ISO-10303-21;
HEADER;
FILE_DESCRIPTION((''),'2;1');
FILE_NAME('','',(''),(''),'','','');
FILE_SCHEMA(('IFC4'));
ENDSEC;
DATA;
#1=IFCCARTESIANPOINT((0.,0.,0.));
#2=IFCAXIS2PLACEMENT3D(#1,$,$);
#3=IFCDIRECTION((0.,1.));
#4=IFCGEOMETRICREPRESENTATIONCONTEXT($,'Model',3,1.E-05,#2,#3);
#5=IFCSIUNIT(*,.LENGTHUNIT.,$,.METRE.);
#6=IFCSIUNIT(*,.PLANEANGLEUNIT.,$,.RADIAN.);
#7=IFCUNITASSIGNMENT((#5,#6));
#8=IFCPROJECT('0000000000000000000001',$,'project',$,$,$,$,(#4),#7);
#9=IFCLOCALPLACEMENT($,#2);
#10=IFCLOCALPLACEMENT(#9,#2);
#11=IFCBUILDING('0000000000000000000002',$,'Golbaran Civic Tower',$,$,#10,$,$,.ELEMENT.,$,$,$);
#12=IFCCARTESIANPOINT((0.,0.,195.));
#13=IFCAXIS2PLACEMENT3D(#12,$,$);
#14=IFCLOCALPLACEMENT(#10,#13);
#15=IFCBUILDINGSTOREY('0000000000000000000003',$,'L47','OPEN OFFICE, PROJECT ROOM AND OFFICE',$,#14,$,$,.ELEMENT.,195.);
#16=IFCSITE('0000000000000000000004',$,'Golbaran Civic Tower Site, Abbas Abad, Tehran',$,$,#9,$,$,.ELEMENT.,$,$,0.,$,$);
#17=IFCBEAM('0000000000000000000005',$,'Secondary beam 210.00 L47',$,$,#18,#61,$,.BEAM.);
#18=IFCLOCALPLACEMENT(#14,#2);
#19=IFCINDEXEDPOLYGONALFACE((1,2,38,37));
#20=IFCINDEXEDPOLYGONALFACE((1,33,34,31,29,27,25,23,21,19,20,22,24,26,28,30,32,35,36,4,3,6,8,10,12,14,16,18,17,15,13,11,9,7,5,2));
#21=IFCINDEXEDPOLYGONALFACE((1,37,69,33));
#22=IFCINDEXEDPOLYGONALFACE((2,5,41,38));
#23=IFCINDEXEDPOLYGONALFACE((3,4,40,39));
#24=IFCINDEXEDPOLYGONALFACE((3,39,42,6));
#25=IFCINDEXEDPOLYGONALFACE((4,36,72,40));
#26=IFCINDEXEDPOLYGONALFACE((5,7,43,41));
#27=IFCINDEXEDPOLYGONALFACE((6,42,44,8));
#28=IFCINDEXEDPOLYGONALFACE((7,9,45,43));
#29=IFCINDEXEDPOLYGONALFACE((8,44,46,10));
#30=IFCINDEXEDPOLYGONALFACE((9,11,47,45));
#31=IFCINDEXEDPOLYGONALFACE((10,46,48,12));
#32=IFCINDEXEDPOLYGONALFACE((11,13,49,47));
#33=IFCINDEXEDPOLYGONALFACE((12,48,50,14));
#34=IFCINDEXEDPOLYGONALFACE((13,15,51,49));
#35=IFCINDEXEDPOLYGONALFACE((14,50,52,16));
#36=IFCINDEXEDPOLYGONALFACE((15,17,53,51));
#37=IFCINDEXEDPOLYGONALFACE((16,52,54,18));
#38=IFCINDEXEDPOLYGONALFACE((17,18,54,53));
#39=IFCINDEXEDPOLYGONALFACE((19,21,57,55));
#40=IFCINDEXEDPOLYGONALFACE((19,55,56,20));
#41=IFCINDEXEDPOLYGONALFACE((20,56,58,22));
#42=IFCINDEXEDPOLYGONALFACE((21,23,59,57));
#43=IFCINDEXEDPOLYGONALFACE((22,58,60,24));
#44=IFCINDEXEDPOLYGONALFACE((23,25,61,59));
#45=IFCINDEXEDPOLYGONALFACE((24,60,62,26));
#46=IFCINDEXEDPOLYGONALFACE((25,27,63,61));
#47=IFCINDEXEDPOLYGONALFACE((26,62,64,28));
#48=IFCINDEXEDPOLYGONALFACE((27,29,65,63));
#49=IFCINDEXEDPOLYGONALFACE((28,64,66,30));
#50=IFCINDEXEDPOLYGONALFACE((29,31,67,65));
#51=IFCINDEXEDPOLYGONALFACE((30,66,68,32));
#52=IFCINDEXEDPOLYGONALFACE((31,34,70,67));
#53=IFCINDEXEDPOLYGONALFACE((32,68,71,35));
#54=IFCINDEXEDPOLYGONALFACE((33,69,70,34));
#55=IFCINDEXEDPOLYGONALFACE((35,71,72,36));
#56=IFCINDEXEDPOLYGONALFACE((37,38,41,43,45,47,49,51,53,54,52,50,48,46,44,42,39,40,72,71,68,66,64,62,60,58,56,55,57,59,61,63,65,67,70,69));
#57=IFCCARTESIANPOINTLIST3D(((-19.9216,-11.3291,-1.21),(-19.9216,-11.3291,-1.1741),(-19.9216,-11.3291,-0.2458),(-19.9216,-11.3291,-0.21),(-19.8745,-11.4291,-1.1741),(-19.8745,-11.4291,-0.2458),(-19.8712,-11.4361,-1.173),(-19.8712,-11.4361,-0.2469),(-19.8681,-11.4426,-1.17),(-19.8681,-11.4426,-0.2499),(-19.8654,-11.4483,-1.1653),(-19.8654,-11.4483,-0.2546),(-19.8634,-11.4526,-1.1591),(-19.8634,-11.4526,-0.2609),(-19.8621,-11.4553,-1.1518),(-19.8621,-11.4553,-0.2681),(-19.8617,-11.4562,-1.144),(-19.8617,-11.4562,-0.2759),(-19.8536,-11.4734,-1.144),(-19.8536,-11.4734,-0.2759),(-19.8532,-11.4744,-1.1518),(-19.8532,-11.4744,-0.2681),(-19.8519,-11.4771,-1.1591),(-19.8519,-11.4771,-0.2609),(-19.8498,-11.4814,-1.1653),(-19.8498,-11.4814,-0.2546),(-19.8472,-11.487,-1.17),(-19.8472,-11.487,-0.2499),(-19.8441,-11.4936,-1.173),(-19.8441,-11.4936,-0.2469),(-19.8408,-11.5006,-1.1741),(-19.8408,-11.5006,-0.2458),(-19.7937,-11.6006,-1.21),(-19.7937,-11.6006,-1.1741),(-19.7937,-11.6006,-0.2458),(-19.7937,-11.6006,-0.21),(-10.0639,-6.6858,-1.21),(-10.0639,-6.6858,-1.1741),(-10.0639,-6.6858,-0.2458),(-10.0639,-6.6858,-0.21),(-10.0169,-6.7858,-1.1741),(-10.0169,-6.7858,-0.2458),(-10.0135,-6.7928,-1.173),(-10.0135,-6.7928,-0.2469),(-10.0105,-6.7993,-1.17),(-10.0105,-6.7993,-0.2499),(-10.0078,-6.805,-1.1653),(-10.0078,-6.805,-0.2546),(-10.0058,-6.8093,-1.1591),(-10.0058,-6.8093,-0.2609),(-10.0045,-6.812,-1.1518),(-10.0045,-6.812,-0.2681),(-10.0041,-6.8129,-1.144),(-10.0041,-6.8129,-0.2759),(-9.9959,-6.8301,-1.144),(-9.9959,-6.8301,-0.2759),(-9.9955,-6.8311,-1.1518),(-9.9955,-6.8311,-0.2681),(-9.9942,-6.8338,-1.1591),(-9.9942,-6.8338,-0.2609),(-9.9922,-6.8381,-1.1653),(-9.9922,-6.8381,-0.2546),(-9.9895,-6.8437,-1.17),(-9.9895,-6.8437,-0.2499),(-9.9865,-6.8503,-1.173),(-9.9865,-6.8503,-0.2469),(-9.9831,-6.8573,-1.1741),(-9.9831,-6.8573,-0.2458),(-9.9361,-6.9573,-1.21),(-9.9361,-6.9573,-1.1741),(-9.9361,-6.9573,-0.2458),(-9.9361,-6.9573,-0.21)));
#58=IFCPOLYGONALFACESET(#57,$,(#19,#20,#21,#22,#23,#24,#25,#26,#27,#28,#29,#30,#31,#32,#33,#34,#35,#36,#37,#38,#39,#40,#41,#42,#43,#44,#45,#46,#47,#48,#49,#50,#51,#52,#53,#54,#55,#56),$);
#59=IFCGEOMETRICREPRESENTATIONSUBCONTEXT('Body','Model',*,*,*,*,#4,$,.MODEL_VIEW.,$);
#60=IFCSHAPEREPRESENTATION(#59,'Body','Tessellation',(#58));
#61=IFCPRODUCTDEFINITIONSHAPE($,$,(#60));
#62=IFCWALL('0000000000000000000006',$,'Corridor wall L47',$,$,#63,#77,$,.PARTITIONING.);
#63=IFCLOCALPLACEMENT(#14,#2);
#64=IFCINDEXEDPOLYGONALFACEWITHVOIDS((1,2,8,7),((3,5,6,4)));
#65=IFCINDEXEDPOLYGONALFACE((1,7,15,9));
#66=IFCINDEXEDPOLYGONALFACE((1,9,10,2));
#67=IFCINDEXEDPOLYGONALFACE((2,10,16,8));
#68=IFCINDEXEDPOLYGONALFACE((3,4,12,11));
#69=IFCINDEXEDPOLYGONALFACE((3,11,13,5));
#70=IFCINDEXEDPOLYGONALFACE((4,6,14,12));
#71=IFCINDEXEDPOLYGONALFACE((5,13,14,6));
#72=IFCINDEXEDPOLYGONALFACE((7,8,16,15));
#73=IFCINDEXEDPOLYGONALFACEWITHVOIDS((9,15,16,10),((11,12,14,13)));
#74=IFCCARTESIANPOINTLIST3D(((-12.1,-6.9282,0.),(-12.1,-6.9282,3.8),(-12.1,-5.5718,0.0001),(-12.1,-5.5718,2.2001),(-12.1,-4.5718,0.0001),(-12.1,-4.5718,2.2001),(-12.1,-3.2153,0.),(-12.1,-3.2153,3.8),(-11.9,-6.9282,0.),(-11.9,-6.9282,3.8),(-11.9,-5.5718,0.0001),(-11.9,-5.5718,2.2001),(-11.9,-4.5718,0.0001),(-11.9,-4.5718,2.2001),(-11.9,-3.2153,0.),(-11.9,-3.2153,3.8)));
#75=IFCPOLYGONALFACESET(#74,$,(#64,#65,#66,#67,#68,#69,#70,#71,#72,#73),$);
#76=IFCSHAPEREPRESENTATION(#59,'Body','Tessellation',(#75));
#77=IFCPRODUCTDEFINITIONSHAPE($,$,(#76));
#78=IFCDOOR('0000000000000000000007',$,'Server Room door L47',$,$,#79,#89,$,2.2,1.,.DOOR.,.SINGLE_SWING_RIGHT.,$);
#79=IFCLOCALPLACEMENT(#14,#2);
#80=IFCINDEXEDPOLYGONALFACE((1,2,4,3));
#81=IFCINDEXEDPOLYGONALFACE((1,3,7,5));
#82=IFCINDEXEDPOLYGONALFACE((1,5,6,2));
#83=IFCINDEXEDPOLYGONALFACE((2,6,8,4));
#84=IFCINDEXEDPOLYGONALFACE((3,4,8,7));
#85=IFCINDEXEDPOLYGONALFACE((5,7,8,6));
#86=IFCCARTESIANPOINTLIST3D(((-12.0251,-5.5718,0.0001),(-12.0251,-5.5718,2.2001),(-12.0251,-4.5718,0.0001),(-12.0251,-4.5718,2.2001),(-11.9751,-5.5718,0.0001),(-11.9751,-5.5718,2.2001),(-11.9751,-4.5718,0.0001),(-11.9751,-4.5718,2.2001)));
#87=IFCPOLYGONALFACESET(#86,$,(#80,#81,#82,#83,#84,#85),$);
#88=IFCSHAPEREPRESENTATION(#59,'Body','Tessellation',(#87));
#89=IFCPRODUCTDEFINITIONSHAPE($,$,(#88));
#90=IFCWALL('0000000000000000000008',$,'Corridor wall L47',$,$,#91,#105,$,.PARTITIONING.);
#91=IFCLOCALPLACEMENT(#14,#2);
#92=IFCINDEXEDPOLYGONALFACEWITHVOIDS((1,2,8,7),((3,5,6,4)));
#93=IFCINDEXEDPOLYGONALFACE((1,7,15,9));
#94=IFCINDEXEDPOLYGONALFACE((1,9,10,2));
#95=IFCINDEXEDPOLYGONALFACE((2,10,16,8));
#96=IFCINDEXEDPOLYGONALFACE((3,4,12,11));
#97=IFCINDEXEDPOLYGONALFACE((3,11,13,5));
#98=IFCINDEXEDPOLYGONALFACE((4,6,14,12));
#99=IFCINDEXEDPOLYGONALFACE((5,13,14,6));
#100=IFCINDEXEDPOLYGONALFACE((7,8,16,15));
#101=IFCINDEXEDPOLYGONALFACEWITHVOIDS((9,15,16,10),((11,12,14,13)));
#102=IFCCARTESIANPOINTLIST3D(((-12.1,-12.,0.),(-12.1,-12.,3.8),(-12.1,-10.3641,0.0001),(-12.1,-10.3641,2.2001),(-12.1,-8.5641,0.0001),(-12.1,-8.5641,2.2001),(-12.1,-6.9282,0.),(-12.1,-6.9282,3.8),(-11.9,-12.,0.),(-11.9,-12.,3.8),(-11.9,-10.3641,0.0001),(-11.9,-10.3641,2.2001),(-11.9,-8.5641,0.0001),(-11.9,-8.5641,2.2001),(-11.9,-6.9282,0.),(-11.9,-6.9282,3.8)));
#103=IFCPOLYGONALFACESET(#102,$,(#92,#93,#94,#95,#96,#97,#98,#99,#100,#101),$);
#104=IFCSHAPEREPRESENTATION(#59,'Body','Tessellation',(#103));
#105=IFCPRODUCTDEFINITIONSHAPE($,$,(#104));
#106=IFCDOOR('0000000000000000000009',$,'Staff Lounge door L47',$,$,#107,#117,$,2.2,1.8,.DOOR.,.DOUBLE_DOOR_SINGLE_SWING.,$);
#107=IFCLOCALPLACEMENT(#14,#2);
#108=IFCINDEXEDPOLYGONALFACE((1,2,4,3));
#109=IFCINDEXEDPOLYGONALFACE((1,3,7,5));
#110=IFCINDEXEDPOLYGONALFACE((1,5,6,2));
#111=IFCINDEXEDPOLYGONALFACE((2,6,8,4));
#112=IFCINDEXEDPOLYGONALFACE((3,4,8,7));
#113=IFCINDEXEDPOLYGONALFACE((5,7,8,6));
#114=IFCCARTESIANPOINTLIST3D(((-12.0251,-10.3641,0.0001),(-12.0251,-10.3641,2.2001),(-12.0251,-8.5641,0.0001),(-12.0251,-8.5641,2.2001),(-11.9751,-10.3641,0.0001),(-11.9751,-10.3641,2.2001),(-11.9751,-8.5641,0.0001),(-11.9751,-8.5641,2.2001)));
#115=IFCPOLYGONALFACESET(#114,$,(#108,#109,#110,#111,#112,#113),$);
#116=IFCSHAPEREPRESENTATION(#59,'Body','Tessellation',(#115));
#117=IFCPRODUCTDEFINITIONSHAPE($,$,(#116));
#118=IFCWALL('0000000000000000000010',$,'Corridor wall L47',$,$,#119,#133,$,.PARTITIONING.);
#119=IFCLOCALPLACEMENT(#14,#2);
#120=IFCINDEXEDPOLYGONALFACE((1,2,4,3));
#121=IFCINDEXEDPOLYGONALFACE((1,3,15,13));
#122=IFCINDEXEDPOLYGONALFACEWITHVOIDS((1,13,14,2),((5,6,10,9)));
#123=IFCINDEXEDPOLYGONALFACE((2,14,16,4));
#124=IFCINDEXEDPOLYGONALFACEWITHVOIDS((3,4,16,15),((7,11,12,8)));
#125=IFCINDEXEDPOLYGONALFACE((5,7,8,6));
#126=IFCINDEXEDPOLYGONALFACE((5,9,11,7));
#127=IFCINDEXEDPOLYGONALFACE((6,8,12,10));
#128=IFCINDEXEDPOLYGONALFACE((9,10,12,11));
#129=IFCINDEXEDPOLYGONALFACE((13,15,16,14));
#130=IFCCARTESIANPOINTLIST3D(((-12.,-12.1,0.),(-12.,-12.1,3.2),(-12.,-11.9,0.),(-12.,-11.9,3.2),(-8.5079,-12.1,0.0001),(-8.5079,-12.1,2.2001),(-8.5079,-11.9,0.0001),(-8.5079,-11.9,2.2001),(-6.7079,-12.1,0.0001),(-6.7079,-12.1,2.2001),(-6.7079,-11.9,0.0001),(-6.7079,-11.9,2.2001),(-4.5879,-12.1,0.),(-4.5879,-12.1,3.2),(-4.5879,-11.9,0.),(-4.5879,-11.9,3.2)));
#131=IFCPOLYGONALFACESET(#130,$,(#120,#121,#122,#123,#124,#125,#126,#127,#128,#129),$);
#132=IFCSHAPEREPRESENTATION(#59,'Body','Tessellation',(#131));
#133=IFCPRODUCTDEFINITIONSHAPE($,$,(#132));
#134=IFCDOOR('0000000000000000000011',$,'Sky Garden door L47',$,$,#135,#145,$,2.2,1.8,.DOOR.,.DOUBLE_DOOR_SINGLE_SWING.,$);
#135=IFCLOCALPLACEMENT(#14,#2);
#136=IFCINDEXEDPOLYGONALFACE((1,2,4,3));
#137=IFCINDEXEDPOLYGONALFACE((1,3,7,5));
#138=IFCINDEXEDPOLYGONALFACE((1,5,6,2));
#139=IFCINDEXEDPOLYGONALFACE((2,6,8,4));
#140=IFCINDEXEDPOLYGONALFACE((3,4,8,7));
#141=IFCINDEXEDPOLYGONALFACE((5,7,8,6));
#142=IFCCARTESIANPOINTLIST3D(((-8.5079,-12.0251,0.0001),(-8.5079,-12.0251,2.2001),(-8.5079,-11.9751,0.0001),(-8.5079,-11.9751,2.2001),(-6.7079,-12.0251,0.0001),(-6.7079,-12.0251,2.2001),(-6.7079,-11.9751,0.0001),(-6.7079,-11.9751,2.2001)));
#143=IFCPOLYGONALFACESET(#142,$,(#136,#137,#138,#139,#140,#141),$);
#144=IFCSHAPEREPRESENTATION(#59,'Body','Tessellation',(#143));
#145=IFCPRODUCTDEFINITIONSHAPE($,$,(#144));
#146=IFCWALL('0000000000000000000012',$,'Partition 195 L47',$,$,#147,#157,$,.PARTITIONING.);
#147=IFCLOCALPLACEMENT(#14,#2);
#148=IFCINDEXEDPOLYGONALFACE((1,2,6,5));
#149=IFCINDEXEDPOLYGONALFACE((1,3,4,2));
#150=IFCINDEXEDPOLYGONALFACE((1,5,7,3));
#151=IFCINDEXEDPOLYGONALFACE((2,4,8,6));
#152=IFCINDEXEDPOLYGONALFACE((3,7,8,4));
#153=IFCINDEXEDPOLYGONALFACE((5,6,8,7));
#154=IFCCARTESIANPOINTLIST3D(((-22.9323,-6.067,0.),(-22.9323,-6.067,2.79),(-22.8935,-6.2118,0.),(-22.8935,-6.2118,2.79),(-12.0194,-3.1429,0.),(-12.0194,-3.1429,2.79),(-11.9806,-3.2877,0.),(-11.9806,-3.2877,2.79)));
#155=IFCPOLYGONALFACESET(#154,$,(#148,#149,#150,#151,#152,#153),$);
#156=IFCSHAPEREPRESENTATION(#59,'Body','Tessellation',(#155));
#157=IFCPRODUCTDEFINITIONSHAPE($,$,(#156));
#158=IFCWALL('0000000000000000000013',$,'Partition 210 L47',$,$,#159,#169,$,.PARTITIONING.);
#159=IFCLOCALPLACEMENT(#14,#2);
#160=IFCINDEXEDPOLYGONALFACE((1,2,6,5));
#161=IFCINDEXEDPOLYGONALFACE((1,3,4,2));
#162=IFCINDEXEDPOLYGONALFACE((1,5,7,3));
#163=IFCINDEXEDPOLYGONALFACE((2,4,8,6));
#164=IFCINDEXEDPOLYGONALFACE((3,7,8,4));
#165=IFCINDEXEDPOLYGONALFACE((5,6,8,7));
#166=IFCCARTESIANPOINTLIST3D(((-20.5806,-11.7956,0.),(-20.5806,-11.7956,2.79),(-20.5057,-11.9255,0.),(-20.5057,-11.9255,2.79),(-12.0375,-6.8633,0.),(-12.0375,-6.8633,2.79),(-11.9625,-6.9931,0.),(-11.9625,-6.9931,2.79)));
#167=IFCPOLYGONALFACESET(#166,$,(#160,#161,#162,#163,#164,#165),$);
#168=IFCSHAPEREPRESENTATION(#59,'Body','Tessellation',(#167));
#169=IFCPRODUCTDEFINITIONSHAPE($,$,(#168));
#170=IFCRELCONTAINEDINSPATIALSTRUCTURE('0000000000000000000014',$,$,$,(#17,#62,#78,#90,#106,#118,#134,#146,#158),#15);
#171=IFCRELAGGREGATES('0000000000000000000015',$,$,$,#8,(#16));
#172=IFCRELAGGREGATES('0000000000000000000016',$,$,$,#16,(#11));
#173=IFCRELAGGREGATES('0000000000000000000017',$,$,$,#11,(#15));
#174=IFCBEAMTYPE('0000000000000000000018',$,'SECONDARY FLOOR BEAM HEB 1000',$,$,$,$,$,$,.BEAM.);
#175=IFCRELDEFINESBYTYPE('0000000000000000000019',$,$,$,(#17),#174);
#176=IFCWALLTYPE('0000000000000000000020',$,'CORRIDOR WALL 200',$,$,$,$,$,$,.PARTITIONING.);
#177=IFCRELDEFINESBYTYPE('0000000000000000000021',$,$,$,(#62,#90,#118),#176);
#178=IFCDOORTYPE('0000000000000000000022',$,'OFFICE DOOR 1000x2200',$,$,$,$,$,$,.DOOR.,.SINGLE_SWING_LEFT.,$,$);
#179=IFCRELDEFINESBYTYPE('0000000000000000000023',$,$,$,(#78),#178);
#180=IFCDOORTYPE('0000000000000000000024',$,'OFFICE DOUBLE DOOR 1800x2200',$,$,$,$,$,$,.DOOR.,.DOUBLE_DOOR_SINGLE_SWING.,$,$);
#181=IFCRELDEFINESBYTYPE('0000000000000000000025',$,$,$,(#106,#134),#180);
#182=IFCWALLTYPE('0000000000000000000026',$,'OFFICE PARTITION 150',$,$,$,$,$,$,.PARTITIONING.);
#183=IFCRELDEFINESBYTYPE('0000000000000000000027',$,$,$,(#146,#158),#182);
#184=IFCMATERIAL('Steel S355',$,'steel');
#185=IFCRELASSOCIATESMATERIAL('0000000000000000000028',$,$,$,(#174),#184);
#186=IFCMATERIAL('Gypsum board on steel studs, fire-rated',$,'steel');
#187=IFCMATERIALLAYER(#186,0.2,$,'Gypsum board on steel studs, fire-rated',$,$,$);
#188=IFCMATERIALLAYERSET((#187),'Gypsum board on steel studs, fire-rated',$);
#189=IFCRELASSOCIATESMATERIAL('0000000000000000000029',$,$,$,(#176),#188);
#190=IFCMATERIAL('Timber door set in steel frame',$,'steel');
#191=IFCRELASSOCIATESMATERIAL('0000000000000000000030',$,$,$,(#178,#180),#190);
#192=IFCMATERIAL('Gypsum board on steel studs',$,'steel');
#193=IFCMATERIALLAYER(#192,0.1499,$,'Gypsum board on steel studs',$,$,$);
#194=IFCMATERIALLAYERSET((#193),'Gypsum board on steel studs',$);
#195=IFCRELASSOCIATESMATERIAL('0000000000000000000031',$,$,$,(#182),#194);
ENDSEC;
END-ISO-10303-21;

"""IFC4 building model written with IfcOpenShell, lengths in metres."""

from ifc_helpers import new_model, si_unit, direction, frame, frame_2d, origin, origin_2d, place, context, subcontext, project, spatial, rectangle, i_section, extrude, material, layer, layer_set, material_profile, profile_set, type_object, element, fill, save


model = new_model("IFC4")

# Units and contexts
model_context = context("Model", 3, precision=1e-05, world=origin(), true_north=direction((0.0, 1.0)))
body_context = subcontext(model_context, "Body", "Model", "MODEL_VIEW")
ifc_project = project(units=[si_unit("LENGTHUNIT", "METRE"), si_unit("PLANEANGLEUNIT", "RADIAN")], contexts=[model_context])

# Site, building, storey
site_placement = place(None, origin())
site = spatial("IfcSite", under=ifc_project, at=site_placement, Name="Golbaran Civic Tower Site, Abbas Abad, Tehran", CompositionType="ELEMENT", RefElevation=0.0)
building_placement = place(site_placement, origin())
building = spatial("IfcBuilding", under=site, at=building_placement, Name="Golbaran Civic Tower", CompositionType="ELEMENT")
storey_placement = place(building_placement, frame((0.0, 0.0, 195.0)))
storey = spatial("IfcBuildingStorey", under=building, at=storey_placement, Name="L47", Description="OPEN OFFICE, PROJECT ROOM AND OFFICE", CompositionType="ELEMENT", Elevation=195.0)

# Beam
ifc_material_1 = material(Name="Steel S355", Category="steel")
ifc_material_profile_1 = material_profile(ifc_material_1, i_section(OverallWidth=0.3, OverallDepth=1.0, WebThickness=0.019, FlangeThickness=0.0359, FilletRadius=0.03, at=origin_2d()), Name="HEB 1000")
ifc_profile_set_1 = profile_set([ifc_material_profile_1], Name="Steel S355")
beam_type_1 = type_object("IfcBeamType", Name="SECONDARY FLOOR BEAM HEB 1000", PredefinedType="BEAM", material=ifc_profile_set_1)
beam_1_placement = place(storey_placement, frame((-10.0, -6.8215, -0.71), z_axis=(-0.904663, -0.426128, 0.0), x_axis=(0.426128, -0.904663, 0.0)))
element("IfcBeam", 1, at=beam_1_placement, inside=storey, type_object=beam_type_1, Name="Secondary beam 210.00 L47", PredefinedType="BEAM", context=body_context, shape_type="SweptSolid", body=[
    extrude(i_section(OverallWidth=0.3, OverallDepth=1.0, WebThickness=0.019, FlangeThickness=0.0359, FilletRadius=0.03, at=origin_2d()), origin(), (0.0, 0.0, 1.0), 10.8965),
])

# Walls, openings, doors
ifc_material_2 = material(Name="Gypsum board on steel studs, fire-rated", Category="steel")
ifc_layer_1 = layer(ifc_material_2, 0.2, Name="Gypsum board on steel studs, fire-rated")
ifc_layer_set_1 = layer_set([ifc_layer_1], Name="Gypsum board on steel studs, fire-rated")
wall_type_1 = type_object("IfcWallType", Name="CORRIDOR WALL 200", PredefinedType="PARTITIONING", material=ifc_layer_set_1)
wall_1_placement = place(storey_placement, frame((-12.0, -3.2153, 0.0), z_axis=(0.0, 0.0, 1.0), x_axis=(0.0, -1.0, 0.0)))
wall_1 = element("IfcWall", 2, at=wall_1_placement, inside=storey, type_object=wall_type_1, Name="Corridor wall L47", PredefinedType="PARTITIONING", context=body_context, shape_type="SweptSolid", body=[
    extrude(rectangle(XDim=3.7129, YDim=0.2, at=frame_2d((1.8564, 0.0))), origin(), (0.0, 0.0, 1.0), 3.8),
])
opening_1_placement = place(wall_1_placement, frame((1.3564, 0.0, 0.0)))
opening_1 = element("IfcOpeningElement", 3, at=opening_1_placement, cuts=wall_1, PredefinedType="OPENING", context=body_context, shape_type="SweptSolid", body=[
    extrude(rectangle(XDim=1.0, YDim=2.2, at=frame_2d((0.5, 1.1001))), frame((0.0, 0.1099, 0.0), z_axis=(0.0, -1.0, 0.0), x_axis=(1.0, 0.0, 0.0)), (0.0, 0.0, 1.0), 0.22),
])
ifc_material_3 = material(Name="Timber door set in steel frame", Category="steel")
door_type_1 = type_object("IfcDoorType", Name="OFFICE DOOR 1000x2200", OperationType="SINGLE_SWING_LEFT", PredefinedType="DOOR", material=ifc_material_3)
door_1_placement = place(opening_1_placement, origin())
door_1 = element("IfcDoor", 4, at=door_1_placement, inside=storey, type_object=door_type_1, Name="Server Room door L47", OperationType="SINGLE_SWING_RIGHT", OverallHeight=2.2, OverallWidth=1.0, PredefinedType="DOOR", context=body_context, shape_type="SweptSolid", body=[
    extrude(rectangle(XDim=1.0, YDim=2.2, at=frame_2d((0.5, 1.1001))), frame((0.0, 0.0249, 0.0), z_axis=(0.0, -1.0, 0.0), x_axis=(1.0, 0.0, 0.0)), (0.0, 0.0, 1.0), 0.05),
])
fill(opening_1, door_1)
wall_2_placement = place(storey_placement, frame((-12.0, -6.9282, 0.0), z_axis=(0.0, 0.0, 1.0), x_axis=(0.0, -1.0, 0.0)))
wall_2 = element("IfcWall", 5, at=wall_2_placement, inside=storey, type_object=wall_type_1, Name="Corridor wall L47", PredefinedType="PARTITIONING", context=body_context, shape_type="SweptSolid", body=[
    extrude(rectangle(XDim=5.0718, YDim=0.2, at=frame_2d((2.5359, 0.0))), origin(), (0.0, 0.0, 1.0), 3.8),
])
opening_2_placement = place(wall_2_placement, frame((1.636, 0.0, 0.0)))
opening_2 = element("IfcOpeningElement", 6, at=opening_2_placement, cuts=wall_2, PredefinedType="OPENING", context=body_context, shape_type="SweptSolid", body=[
    extrude(rectangle(XDim=1.8, YDim=2.2, at=frame_2d((0.8999, 1.1001))), frame((0.0, 0.1099, 0.0), z_axis=(0.0, -1.0, 0.0), x_axis=(1.0, 0.0, 0.0)), (0.0, 0.0, 1.0), 0.22),
])
door_type_2 = type_object("IfcDoorType", Name="OFFICE DOUBLE DOOR 1800x2200", OperationType="DOUBLE_DOOR_SINGLE_SWING", PredefinedType="DOOR", material=ifc_material_3)
door_2_placement = place(opening_2_placement, origin())
door_2 = element("IfcDoor", 7, at=door_2_placement, inside=storey, type_object=door_type_2, Name="Staff Lounge door L47", OperationType="DOUBLE_DOOR_SINGLE_SWING", OverallHeight=2.2, OverallWidth=1.8, PredefinedType="DOOR", context=body_context, shape_type="SweptSolid", body=[
    extrude(rectangle(XDim=1.8, YDim=2.2, at=frame_2d((0.8999, 1.1001))), frame((0.0, 0.0249, 0.0), z_axis=(0.0, -1.0, 0.0), x_axis=(1.0, 0.0, 0.0)), (0.0, 0.0, 1.0), 0.05),
])
fill(opening_2, door_2)
wall_3_placement = place(storey_placement, frame((-12.0, -12.0, 0.0), z_axis=(0.0, 0.0, 1.0), x_axis=(1.0, 0.0, 0.0)))
wall_3 = element("IfcWall", 8, at=wall_3_placement, inside=storey, type_object=wall_type_1, Name="Corridor wall L47", PredefinedType="PARTITIONING", context=body_context, shape_type="SweptSolid", body=[
    extrude(rectangle(XDim=7.4121, YDim=0.2, at=frame_2d((3.7061, 0.0))), origin(), (0.0, 0.0, 1.0), 3.2),
])
opening_3_placement = place(wall_3_placement, frame((3.4922, 0.0, 0.0)))
opening_3 = element("IfcOpeningElement", 9, at=opening_3_placement, cuts=wall_3, PredefinedType="OPENING", context=body_context, shape_type="SweptSolid", body=[
    extrude(rectangle(XDim=1.8, YDim=2.2, at=frame_2d((0.8999, 1.1001))), frame((0.0, 0.1099, 0.0), z_axis=(0.0, -1.0, 0.0), x_axis=(1.0, 0.0, 0.0)), (0.0, 0.0, 1.0), 0.22),
])
door_3_placement = place(opening_3_placement, origin())
door_3 = element("IfcDoor", 10, at=door_3_placement, inside=storey, type_object=door_type_2, Name="Sky Garden door L47", OperationType="DOUBLE_DOOR_SINGLE_SWING", OverallHeight=2.2, OverallWidth=1.8, PredefinedType="DOOR", context=body_context, shape_type="SweptSolid", body=[
    extrude(rectangle(XDim=1.8, YDim=2.2, at=frame_2d((0.8999, 1.1001))), frame((0.0, 0.0249, 0.0), z_axis=(0.0, -1.0, 0.0), x_axis=(1.0, 0.0, 0.0)), (0.0, 0.0, 1.0), 0.05),
])
fill(opening_3, door_3)

# Walls
ifc_material_4 = material(Name="Gypsum board on steel studs", Category="steel")
ifc_layer_2 = layer(ifc_material_4, 0.1499, Name="Gypsum board on steel studs")
ifc_layer_set_2 = layer_set([ifc_layer_2], Name="Gypsum board on steel studs")
wall_type_2 = type_object("IfcWallType", Name="OFFICE PARTITION 150", PredefinedType="PARTITIONING", material=ifc_layer_set_2)
wall_4_placement = place(storey_placement, frame((-12.0, -3.2153, 0.0), z_axis=(0.0, 0.0, 1.0), x_axis=(-0.965926, -0.258818, 0.0)))
element("IfcWall", 11, at=wall_4_placement, inside=storey, type_object=wall_type_2, Name="Partition 195 L47", PredefinedType="PARTITIONING", context=body_context, shape_type="SweptSolid", body=[
    extrude(rectangle(XDim=11.2979, YDim=0.1499, at=frame_2d((5.6489, 0.0))), origin(), (0.0, 0.0, 1.0), 2.79),
])
wall_5_placement = place(storey_placement, frame((-12.0, -6.9282, 0.0), z_axis=(0.0, 0.0, 1.0), x_axis=(-0.866028, -0.499996, 0.0)))
element("IfcWall", 12, at=wall_5_placement, inside=storey, type_object=wall_type_2, Name="Partition 210 L47", PredefinedType="PARTITIONING", context=body_context, shape_type="SweptSolid", body=[
    extrude(rectangle(XDim=9.8647, YDim=0.1499, at=frame_2d((4.9324, 0.0))), origin(), (0.0, 0.0, 1.0), 2.79),
])

save(model, "model.ifc")
